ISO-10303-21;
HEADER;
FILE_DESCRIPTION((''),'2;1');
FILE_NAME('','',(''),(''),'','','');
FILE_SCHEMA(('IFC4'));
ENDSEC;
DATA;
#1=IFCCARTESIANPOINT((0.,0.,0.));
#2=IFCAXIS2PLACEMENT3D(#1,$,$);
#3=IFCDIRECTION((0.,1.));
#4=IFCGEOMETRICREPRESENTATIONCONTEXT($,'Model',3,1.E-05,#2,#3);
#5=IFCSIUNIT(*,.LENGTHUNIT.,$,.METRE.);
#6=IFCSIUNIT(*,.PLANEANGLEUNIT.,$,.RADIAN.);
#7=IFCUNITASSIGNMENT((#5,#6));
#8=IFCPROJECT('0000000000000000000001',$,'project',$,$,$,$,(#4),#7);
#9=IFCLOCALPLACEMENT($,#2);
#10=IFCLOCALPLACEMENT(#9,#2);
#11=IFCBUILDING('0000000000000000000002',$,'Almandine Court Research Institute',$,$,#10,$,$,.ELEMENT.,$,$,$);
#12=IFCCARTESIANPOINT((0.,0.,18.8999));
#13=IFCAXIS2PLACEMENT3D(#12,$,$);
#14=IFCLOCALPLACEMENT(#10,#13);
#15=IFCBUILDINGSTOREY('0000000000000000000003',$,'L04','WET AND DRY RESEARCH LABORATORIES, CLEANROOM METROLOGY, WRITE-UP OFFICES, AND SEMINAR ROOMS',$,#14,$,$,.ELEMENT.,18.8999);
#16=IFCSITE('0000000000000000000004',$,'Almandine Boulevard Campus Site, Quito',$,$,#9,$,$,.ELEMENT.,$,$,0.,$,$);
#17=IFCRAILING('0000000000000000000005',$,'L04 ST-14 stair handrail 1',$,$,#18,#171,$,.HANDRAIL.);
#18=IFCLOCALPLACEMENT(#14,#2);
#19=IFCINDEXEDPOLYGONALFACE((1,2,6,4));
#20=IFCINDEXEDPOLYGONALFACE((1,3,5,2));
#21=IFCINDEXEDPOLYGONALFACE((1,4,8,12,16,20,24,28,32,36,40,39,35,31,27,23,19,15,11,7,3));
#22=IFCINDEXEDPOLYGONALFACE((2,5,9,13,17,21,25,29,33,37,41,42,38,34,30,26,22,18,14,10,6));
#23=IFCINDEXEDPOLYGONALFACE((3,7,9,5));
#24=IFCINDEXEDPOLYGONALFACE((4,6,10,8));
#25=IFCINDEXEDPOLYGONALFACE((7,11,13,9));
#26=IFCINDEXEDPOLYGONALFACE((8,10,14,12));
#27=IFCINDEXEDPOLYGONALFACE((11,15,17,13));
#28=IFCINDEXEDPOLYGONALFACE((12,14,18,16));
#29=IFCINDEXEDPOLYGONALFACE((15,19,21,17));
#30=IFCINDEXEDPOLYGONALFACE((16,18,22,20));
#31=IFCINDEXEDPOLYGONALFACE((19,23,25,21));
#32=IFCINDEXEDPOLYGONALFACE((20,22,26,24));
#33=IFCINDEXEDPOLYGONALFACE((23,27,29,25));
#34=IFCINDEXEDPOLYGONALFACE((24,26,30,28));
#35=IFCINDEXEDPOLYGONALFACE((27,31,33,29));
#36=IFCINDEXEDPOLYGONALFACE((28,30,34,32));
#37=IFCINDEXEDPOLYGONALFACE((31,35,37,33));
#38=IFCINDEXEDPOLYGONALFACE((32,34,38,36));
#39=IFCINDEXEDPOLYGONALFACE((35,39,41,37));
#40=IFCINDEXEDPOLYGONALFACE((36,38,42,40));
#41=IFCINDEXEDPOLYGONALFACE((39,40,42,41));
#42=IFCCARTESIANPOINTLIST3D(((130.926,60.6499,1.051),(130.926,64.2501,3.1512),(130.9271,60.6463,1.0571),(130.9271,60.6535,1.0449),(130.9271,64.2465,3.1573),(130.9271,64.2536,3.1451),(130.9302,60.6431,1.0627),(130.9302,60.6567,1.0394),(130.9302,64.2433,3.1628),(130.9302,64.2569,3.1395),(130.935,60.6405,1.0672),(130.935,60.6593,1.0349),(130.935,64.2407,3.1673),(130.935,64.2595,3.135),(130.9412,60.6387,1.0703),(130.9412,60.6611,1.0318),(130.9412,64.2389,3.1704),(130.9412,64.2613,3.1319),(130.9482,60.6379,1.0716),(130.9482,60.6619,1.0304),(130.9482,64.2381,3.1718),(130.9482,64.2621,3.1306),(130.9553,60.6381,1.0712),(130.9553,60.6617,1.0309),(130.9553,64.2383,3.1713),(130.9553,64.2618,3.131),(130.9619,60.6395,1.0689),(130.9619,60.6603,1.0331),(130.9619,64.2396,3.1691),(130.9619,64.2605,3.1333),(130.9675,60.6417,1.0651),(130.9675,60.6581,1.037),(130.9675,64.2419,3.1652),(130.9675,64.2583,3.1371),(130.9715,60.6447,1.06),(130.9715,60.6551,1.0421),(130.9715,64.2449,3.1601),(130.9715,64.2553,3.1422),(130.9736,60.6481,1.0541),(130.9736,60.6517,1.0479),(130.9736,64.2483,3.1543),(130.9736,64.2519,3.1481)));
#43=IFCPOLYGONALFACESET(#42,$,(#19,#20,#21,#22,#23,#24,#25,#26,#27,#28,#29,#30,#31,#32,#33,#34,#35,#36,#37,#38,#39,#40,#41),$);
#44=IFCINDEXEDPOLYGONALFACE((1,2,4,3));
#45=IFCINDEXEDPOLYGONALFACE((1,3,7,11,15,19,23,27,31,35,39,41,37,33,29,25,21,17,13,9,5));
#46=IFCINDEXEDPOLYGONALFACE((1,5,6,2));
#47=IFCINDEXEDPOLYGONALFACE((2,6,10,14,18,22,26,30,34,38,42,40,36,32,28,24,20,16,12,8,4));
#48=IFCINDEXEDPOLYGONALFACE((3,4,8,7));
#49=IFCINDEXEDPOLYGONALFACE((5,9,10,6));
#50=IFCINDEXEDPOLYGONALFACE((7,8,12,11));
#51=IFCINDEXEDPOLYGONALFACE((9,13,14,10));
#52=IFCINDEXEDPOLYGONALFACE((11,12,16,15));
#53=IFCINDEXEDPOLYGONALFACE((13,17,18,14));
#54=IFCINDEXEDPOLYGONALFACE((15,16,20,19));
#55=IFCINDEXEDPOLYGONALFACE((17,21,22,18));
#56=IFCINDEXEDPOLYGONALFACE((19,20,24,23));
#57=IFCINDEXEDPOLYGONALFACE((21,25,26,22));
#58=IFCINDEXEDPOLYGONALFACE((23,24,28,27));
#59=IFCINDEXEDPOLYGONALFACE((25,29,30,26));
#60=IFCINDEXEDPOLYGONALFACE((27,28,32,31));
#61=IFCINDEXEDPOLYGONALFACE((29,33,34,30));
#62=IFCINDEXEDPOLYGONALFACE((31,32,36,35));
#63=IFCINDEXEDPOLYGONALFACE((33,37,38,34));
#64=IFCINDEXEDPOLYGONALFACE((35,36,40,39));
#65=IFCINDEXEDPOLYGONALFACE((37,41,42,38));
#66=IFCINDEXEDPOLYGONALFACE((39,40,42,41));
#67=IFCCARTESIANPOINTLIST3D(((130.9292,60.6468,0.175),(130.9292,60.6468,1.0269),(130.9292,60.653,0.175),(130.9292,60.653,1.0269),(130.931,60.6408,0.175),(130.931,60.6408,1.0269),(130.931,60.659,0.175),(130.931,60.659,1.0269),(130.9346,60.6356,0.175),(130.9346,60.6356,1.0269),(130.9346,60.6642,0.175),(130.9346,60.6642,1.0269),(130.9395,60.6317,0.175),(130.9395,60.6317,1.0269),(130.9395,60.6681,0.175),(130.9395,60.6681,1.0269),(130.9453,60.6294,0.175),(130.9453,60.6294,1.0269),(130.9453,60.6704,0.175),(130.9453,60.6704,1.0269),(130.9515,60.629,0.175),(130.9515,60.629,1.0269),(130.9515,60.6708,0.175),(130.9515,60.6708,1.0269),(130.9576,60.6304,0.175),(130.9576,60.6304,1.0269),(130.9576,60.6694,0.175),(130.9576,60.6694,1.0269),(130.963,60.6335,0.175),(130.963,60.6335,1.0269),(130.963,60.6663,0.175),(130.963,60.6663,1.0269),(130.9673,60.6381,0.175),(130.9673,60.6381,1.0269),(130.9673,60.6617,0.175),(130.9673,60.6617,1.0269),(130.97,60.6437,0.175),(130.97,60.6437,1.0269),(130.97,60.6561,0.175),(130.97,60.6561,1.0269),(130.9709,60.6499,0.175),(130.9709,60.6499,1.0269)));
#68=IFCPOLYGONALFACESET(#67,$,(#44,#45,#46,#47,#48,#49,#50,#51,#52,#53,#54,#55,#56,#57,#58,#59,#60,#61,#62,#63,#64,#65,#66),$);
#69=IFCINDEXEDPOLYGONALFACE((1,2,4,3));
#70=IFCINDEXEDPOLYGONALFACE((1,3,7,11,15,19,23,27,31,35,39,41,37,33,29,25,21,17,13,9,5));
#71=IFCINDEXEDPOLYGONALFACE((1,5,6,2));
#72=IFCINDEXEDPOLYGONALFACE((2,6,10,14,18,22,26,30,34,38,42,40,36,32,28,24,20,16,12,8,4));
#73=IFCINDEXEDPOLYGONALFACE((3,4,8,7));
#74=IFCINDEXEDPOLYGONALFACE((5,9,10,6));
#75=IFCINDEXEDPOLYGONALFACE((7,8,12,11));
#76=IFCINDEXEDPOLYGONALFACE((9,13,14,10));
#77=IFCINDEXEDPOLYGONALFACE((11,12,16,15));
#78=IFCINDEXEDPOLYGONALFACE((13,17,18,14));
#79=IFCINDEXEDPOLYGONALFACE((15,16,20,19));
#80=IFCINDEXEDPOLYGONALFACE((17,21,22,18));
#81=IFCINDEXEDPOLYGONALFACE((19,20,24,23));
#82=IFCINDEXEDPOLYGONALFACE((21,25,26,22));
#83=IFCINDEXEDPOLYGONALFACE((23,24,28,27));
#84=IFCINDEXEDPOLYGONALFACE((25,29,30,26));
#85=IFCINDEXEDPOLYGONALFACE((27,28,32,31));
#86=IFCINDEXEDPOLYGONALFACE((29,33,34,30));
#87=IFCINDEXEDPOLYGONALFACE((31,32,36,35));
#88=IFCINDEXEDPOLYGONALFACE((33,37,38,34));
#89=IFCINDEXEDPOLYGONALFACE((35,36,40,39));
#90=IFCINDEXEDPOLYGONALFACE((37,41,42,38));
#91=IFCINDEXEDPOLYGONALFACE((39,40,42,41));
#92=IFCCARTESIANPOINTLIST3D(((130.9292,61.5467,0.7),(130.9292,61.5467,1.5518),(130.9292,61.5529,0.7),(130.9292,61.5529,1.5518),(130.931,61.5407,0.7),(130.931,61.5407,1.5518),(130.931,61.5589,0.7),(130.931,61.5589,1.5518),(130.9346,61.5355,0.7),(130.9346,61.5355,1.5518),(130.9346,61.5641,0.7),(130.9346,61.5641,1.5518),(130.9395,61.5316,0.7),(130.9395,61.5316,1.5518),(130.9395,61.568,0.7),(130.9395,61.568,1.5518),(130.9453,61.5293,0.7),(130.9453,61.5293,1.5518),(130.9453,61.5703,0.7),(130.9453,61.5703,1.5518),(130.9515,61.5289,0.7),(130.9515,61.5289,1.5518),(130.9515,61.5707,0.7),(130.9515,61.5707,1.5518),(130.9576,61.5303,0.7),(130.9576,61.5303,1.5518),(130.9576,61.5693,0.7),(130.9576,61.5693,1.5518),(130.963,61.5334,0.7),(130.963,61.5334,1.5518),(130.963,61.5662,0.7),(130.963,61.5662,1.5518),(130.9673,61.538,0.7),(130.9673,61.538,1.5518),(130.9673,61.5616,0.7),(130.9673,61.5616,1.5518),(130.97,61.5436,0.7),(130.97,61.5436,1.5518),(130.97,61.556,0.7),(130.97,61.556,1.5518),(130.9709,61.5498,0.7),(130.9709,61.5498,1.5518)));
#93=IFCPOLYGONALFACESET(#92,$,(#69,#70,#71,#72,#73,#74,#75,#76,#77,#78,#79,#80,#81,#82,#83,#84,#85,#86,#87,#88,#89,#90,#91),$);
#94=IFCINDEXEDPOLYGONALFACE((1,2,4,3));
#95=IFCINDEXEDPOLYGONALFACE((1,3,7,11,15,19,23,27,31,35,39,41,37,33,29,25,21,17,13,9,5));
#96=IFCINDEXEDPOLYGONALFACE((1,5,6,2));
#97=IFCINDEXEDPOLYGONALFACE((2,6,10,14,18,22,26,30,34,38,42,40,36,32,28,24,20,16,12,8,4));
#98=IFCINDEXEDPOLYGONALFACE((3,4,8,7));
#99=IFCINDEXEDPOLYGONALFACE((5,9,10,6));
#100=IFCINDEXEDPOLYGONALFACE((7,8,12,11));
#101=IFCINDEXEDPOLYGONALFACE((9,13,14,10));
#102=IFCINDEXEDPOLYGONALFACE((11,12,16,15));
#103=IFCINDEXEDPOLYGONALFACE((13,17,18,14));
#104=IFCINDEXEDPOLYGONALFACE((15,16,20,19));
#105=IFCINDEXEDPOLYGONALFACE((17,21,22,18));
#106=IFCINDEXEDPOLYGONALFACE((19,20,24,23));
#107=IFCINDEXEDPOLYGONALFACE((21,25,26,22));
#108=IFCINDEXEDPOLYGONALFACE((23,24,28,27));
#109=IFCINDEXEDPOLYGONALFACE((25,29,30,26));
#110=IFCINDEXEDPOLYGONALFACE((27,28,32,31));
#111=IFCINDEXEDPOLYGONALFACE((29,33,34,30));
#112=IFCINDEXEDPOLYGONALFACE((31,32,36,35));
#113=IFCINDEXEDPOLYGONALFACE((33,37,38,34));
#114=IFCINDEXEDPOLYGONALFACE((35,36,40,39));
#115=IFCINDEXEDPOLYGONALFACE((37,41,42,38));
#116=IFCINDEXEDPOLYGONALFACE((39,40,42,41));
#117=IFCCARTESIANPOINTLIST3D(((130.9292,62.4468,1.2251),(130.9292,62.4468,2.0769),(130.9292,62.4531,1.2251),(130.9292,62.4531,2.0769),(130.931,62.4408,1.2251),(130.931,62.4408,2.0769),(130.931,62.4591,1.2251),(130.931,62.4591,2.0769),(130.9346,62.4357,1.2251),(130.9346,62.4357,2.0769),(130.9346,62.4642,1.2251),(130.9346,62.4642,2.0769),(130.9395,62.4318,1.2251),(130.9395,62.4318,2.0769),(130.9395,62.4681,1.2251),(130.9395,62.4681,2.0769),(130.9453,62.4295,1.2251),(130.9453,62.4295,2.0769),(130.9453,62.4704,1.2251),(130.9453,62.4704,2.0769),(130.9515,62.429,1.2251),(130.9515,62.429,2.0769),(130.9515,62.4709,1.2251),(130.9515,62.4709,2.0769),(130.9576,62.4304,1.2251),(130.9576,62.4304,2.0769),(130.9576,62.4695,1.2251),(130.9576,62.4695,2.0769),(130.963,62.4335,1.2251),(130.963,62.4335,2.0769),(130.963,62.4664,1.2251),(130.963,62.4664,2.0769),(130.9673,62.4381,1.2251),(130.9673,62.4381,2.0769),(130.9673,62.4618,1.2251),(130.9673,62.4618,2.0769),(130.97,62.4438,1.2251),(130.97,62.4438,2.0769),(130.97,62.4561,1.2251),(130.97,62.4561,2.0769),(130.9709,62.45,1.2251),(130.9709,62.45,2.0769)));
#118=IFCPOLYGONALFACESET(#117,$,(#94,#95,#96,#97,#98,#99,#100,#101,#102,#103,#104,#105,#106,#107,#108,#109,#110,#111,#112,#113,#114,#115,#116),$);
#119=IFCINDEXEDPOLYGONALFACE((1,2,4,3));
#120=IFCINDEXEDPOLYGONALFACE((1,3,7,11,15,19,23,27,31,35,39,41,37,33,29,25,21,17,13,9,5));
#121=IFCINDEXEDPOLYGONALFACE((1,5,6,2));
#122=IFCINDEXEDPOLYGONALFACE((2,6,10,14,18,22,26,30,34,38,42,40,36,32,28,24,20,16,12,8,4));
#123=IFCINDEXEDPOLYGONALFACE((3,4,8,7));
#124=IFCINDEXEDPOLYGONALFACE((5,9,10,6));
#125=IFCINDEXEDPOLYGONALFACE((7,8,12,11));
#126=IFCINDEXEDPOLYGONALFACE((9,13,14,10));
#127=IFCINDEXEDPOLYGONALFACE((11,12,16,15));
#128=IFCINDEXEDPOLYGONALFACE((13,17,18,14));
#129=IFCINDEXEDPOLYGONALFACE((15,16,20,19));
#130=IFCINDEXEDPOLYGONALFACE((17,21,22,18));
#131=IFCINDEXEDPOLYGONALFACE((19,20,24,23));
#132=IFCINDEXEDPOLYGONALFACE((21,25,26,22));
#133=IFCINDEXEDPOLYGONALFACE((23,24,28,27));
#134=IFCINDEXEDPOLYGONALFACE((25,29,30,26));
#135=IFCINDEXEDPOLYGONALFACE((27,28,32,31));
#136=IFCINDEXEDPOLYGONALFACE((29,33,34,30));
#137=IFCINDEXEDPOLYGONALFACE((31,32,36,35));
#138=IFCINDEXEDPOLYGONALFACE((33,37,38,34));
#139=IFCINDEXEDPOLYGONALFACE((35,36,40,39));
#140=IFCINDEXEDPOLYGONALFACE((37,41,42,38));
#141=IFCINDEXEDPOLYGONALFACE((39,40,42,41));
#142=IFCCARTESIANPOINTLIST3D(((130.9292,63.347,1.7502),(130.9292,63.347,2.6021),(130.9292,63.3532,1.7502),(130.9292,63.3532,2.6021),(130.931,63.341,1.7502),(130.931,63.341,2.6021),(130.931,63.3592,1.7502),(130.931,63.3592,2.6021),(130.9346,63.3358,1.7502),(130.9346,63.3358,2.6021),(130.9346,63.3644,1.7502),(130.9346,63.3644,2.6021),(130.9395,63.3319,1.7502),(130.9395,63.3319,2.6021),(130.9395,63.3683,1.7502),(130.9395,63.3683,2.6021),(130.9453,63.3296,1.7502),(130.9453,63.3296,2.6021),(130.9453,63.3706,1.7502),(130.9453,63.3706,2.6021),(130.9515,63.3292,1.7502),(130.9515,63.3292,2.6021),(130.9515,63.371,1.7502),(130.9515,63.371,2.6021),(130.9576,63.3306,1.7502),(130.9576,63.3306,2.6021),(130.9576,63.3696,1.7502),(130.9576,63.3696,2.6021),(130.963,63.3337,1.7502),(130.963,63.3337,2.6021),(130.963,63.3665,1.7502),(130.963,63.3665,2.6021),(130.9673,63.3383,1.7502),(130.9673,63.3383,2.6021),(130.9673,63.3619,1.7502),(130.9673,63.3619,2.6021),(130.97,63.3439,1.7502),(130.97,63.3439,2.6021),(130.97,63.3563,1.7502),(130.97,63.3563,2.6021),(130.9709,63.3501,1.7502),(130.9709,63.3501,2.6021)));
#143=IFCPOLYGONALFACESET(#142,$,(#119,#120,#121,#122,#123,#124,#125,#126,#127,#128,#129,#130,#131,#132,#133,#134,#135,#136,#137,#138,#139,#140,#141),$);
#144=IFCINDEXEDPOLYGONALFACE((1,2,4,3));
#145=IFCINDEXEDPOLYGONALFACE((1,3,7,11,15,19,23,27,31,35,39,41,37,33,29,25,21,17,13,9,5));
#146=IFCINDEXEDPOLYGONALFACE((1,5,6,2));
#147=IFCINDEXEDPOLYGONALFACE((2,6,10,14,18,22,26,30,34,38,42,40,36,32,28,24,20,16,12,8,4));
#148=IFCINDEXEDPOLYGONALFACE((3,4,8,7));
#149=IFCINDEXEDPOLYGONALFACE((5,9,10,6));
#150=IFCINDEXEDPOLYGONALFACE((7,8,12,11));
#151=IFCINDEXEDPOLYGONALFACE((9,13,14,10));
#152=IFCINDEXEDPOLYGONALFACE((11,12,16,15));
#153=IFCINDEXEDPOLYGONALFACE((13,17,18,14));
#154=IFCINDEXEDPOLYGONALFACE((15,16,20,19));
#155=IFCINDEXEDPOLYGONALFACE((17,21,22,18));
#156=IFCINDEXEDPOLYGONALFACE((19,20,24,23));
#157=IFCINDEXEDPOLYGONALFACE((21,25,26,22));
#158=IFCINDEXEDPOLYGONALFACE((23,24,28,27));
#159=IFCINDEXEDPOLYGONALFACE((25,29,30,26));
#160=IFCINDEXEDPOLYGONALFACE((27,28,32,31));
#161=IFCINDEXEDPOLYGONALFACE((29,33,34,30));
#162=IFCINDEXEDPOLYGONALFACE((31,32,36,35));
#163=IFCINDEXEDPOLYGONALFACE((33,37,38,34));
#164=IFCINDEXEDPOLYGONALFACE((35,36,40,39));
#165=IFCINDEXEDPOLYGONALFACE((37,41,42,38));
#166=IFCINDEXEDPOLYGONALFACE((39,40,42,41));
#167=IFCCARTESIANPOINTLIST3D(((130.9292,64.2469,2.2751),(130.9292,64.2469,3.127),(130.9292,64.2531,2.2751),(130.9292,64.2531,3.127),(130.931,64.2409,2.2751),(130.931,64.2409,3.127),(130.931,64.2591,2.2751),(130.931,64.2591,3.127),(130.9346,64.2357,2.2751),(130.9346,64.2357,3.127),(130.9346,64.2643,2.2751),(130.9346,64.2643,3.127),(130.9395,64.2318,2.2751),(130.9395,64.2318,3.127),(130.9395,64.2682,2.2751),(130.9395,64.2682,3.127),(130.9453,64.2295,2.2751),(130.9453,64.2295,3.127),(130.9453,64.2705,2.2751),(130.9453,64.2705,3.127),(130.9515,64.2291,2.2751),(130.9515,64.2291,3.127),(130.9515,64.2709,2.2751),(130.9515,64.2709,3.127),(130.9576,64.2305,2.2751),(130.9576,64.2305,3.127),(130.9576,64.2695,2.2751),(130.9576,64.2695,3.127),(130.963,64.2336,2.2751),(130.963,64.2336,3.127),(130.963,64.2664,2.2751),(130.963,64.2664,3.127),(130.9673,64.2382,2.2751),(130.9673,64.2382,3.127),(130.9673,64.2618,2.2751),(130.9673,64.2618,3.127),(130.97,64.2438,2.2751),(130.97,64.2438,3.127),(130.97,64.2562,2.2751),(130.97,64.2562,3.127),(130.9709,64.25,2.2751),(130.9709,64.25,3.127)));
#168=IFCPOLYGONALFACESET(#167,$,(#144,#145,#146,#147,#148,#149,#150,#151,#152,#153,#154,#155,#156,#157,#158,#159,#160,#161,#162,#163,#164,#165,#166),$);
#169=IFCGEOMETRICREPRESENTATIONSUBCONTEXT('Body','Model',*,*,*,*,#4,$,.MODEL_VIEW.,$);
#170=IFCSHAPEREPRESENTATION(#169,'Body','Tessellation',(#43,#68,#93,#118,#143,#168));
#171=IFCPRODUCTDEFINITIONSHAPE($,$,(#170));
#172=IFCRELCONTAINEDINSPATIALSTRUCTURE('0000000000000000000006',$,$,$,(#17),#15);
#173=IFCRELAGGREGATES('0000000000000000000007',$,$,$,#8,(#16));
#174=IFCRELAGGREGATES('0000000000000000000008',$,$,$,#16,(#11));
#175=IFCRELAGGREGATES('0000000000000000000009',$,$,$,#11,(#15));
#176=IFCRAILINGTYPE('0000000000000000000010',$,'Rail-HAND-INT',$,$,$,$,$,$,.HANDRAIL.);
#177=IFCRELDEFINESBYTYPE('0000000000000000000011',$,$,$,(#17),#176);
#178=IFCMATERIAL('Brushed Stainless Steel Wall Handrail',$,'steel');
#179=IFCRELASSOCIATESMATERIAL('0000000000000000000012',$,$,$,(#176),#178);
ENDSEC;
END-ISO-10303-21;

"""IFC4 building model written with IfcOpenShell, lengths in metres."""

from ifc_helpers import new_model, si_unit, direction, frame, origin, origin_2d, place, context, subcontext, project, spatial, circle, extrude, material, type_object, element, save


model = new_model("IFC4")

# Units and contexts
model_context = context("Model", 3, precision=1e-05, world=origin(), true_north=direction((0.0, 1.0)))
body_context = subcontext(model_context, "Body", "Model", "MODEL_VIEW")
ifc_project = project(units=[si_unit("LENGTHUNIT", "METRE"), si_unit("PLANEANGLEUNIT", "RADIAN")], contexts=[model_context])

# Site, building, storey
site_placement = place(None, origin())
site = spatial("IfcSite", under=ifc_project, at=site_placement, Name="Almandine Boulevard Campus Site, Quito", CompositionType="ELEMENT", RefElevation=0.0)
building_placement = place(site_placement, origin())
building = spatial("IfcBuilding", under=site, at=building_placement, Name="Almandine Court Research Institute", CompositionType="ELEMENT")
storey_placement = place(building_placement, frame((0.0, 0.0, 18.8999)))
storey = spatial("IfcBuildingStorey", under=building, at=storey_placement, Name="L04", Description="WET AND DRY RESEARCH LABORATORIES, CLEANROOM METROLOGY, WRITE-UP OFFICES, AND SEMINAR ROOMS", CompositionType="ELEMENT", Elevation=18.8999)

# Railing
ifc_material_1 = material(Name="Brushed Stainless Steel Wall Handrail", Category="steel")
railing_type_1 = type_object("IfcRailingType", Name="Rail-HAND-INT", PredefinedType="HANDRAIL", material=ifc_material_1)
railing_1_placement = place(storey_placement, frame((130.95, 60.6499, 0.175)))
element("IfcRailing", 1, at=railing_1_placement, inside=storey, type_object=railing_type_1, Name="L04 ST-14 stair handrail 1", PredefinedType="HANDRAIL", context=body_context, shape_type="SweptSolid", body=[
    extrude(circle(Radius=0.0239, at=origin_2d()), frame((0.0, 0.0, 0.876), z_axis=(0.0, 0.863775, 0.503878), x_axis=(-1.0, 0.0, 0.0)), (0.0, 0.0, 1.0), 4.168),
    extrude(circle(Radius=0.021, at=origin_2d()), origin(), (0.0, 0.0, 1.0), 0.8518),
    extrude(circle(Radius=0.021, at=origin_2d()), frame((0.0, 0.8999, 0.5249)), (0.0, 0.0, 1.0), 0.8518),
    extrude(circle(Radius=0.021, at=origin_2d()), frame((0.0, 1.8, 1.05)), (0.0, 0.0, 1.0), 0.8518),
    extrude(circle(Radius=0.021, at=origin_2d()), frame((0.0, 2.7002, 1.5752)), (0.0, 0.0, 1.0), 0.8518),
    extrude(circle(Radius=0.021, at=origin_2d()), frame((0.0, 3.6001, 2.1001)), (0.0, 0.0, 1.0), 0.8518),
])

save(model, "model.ifc")
